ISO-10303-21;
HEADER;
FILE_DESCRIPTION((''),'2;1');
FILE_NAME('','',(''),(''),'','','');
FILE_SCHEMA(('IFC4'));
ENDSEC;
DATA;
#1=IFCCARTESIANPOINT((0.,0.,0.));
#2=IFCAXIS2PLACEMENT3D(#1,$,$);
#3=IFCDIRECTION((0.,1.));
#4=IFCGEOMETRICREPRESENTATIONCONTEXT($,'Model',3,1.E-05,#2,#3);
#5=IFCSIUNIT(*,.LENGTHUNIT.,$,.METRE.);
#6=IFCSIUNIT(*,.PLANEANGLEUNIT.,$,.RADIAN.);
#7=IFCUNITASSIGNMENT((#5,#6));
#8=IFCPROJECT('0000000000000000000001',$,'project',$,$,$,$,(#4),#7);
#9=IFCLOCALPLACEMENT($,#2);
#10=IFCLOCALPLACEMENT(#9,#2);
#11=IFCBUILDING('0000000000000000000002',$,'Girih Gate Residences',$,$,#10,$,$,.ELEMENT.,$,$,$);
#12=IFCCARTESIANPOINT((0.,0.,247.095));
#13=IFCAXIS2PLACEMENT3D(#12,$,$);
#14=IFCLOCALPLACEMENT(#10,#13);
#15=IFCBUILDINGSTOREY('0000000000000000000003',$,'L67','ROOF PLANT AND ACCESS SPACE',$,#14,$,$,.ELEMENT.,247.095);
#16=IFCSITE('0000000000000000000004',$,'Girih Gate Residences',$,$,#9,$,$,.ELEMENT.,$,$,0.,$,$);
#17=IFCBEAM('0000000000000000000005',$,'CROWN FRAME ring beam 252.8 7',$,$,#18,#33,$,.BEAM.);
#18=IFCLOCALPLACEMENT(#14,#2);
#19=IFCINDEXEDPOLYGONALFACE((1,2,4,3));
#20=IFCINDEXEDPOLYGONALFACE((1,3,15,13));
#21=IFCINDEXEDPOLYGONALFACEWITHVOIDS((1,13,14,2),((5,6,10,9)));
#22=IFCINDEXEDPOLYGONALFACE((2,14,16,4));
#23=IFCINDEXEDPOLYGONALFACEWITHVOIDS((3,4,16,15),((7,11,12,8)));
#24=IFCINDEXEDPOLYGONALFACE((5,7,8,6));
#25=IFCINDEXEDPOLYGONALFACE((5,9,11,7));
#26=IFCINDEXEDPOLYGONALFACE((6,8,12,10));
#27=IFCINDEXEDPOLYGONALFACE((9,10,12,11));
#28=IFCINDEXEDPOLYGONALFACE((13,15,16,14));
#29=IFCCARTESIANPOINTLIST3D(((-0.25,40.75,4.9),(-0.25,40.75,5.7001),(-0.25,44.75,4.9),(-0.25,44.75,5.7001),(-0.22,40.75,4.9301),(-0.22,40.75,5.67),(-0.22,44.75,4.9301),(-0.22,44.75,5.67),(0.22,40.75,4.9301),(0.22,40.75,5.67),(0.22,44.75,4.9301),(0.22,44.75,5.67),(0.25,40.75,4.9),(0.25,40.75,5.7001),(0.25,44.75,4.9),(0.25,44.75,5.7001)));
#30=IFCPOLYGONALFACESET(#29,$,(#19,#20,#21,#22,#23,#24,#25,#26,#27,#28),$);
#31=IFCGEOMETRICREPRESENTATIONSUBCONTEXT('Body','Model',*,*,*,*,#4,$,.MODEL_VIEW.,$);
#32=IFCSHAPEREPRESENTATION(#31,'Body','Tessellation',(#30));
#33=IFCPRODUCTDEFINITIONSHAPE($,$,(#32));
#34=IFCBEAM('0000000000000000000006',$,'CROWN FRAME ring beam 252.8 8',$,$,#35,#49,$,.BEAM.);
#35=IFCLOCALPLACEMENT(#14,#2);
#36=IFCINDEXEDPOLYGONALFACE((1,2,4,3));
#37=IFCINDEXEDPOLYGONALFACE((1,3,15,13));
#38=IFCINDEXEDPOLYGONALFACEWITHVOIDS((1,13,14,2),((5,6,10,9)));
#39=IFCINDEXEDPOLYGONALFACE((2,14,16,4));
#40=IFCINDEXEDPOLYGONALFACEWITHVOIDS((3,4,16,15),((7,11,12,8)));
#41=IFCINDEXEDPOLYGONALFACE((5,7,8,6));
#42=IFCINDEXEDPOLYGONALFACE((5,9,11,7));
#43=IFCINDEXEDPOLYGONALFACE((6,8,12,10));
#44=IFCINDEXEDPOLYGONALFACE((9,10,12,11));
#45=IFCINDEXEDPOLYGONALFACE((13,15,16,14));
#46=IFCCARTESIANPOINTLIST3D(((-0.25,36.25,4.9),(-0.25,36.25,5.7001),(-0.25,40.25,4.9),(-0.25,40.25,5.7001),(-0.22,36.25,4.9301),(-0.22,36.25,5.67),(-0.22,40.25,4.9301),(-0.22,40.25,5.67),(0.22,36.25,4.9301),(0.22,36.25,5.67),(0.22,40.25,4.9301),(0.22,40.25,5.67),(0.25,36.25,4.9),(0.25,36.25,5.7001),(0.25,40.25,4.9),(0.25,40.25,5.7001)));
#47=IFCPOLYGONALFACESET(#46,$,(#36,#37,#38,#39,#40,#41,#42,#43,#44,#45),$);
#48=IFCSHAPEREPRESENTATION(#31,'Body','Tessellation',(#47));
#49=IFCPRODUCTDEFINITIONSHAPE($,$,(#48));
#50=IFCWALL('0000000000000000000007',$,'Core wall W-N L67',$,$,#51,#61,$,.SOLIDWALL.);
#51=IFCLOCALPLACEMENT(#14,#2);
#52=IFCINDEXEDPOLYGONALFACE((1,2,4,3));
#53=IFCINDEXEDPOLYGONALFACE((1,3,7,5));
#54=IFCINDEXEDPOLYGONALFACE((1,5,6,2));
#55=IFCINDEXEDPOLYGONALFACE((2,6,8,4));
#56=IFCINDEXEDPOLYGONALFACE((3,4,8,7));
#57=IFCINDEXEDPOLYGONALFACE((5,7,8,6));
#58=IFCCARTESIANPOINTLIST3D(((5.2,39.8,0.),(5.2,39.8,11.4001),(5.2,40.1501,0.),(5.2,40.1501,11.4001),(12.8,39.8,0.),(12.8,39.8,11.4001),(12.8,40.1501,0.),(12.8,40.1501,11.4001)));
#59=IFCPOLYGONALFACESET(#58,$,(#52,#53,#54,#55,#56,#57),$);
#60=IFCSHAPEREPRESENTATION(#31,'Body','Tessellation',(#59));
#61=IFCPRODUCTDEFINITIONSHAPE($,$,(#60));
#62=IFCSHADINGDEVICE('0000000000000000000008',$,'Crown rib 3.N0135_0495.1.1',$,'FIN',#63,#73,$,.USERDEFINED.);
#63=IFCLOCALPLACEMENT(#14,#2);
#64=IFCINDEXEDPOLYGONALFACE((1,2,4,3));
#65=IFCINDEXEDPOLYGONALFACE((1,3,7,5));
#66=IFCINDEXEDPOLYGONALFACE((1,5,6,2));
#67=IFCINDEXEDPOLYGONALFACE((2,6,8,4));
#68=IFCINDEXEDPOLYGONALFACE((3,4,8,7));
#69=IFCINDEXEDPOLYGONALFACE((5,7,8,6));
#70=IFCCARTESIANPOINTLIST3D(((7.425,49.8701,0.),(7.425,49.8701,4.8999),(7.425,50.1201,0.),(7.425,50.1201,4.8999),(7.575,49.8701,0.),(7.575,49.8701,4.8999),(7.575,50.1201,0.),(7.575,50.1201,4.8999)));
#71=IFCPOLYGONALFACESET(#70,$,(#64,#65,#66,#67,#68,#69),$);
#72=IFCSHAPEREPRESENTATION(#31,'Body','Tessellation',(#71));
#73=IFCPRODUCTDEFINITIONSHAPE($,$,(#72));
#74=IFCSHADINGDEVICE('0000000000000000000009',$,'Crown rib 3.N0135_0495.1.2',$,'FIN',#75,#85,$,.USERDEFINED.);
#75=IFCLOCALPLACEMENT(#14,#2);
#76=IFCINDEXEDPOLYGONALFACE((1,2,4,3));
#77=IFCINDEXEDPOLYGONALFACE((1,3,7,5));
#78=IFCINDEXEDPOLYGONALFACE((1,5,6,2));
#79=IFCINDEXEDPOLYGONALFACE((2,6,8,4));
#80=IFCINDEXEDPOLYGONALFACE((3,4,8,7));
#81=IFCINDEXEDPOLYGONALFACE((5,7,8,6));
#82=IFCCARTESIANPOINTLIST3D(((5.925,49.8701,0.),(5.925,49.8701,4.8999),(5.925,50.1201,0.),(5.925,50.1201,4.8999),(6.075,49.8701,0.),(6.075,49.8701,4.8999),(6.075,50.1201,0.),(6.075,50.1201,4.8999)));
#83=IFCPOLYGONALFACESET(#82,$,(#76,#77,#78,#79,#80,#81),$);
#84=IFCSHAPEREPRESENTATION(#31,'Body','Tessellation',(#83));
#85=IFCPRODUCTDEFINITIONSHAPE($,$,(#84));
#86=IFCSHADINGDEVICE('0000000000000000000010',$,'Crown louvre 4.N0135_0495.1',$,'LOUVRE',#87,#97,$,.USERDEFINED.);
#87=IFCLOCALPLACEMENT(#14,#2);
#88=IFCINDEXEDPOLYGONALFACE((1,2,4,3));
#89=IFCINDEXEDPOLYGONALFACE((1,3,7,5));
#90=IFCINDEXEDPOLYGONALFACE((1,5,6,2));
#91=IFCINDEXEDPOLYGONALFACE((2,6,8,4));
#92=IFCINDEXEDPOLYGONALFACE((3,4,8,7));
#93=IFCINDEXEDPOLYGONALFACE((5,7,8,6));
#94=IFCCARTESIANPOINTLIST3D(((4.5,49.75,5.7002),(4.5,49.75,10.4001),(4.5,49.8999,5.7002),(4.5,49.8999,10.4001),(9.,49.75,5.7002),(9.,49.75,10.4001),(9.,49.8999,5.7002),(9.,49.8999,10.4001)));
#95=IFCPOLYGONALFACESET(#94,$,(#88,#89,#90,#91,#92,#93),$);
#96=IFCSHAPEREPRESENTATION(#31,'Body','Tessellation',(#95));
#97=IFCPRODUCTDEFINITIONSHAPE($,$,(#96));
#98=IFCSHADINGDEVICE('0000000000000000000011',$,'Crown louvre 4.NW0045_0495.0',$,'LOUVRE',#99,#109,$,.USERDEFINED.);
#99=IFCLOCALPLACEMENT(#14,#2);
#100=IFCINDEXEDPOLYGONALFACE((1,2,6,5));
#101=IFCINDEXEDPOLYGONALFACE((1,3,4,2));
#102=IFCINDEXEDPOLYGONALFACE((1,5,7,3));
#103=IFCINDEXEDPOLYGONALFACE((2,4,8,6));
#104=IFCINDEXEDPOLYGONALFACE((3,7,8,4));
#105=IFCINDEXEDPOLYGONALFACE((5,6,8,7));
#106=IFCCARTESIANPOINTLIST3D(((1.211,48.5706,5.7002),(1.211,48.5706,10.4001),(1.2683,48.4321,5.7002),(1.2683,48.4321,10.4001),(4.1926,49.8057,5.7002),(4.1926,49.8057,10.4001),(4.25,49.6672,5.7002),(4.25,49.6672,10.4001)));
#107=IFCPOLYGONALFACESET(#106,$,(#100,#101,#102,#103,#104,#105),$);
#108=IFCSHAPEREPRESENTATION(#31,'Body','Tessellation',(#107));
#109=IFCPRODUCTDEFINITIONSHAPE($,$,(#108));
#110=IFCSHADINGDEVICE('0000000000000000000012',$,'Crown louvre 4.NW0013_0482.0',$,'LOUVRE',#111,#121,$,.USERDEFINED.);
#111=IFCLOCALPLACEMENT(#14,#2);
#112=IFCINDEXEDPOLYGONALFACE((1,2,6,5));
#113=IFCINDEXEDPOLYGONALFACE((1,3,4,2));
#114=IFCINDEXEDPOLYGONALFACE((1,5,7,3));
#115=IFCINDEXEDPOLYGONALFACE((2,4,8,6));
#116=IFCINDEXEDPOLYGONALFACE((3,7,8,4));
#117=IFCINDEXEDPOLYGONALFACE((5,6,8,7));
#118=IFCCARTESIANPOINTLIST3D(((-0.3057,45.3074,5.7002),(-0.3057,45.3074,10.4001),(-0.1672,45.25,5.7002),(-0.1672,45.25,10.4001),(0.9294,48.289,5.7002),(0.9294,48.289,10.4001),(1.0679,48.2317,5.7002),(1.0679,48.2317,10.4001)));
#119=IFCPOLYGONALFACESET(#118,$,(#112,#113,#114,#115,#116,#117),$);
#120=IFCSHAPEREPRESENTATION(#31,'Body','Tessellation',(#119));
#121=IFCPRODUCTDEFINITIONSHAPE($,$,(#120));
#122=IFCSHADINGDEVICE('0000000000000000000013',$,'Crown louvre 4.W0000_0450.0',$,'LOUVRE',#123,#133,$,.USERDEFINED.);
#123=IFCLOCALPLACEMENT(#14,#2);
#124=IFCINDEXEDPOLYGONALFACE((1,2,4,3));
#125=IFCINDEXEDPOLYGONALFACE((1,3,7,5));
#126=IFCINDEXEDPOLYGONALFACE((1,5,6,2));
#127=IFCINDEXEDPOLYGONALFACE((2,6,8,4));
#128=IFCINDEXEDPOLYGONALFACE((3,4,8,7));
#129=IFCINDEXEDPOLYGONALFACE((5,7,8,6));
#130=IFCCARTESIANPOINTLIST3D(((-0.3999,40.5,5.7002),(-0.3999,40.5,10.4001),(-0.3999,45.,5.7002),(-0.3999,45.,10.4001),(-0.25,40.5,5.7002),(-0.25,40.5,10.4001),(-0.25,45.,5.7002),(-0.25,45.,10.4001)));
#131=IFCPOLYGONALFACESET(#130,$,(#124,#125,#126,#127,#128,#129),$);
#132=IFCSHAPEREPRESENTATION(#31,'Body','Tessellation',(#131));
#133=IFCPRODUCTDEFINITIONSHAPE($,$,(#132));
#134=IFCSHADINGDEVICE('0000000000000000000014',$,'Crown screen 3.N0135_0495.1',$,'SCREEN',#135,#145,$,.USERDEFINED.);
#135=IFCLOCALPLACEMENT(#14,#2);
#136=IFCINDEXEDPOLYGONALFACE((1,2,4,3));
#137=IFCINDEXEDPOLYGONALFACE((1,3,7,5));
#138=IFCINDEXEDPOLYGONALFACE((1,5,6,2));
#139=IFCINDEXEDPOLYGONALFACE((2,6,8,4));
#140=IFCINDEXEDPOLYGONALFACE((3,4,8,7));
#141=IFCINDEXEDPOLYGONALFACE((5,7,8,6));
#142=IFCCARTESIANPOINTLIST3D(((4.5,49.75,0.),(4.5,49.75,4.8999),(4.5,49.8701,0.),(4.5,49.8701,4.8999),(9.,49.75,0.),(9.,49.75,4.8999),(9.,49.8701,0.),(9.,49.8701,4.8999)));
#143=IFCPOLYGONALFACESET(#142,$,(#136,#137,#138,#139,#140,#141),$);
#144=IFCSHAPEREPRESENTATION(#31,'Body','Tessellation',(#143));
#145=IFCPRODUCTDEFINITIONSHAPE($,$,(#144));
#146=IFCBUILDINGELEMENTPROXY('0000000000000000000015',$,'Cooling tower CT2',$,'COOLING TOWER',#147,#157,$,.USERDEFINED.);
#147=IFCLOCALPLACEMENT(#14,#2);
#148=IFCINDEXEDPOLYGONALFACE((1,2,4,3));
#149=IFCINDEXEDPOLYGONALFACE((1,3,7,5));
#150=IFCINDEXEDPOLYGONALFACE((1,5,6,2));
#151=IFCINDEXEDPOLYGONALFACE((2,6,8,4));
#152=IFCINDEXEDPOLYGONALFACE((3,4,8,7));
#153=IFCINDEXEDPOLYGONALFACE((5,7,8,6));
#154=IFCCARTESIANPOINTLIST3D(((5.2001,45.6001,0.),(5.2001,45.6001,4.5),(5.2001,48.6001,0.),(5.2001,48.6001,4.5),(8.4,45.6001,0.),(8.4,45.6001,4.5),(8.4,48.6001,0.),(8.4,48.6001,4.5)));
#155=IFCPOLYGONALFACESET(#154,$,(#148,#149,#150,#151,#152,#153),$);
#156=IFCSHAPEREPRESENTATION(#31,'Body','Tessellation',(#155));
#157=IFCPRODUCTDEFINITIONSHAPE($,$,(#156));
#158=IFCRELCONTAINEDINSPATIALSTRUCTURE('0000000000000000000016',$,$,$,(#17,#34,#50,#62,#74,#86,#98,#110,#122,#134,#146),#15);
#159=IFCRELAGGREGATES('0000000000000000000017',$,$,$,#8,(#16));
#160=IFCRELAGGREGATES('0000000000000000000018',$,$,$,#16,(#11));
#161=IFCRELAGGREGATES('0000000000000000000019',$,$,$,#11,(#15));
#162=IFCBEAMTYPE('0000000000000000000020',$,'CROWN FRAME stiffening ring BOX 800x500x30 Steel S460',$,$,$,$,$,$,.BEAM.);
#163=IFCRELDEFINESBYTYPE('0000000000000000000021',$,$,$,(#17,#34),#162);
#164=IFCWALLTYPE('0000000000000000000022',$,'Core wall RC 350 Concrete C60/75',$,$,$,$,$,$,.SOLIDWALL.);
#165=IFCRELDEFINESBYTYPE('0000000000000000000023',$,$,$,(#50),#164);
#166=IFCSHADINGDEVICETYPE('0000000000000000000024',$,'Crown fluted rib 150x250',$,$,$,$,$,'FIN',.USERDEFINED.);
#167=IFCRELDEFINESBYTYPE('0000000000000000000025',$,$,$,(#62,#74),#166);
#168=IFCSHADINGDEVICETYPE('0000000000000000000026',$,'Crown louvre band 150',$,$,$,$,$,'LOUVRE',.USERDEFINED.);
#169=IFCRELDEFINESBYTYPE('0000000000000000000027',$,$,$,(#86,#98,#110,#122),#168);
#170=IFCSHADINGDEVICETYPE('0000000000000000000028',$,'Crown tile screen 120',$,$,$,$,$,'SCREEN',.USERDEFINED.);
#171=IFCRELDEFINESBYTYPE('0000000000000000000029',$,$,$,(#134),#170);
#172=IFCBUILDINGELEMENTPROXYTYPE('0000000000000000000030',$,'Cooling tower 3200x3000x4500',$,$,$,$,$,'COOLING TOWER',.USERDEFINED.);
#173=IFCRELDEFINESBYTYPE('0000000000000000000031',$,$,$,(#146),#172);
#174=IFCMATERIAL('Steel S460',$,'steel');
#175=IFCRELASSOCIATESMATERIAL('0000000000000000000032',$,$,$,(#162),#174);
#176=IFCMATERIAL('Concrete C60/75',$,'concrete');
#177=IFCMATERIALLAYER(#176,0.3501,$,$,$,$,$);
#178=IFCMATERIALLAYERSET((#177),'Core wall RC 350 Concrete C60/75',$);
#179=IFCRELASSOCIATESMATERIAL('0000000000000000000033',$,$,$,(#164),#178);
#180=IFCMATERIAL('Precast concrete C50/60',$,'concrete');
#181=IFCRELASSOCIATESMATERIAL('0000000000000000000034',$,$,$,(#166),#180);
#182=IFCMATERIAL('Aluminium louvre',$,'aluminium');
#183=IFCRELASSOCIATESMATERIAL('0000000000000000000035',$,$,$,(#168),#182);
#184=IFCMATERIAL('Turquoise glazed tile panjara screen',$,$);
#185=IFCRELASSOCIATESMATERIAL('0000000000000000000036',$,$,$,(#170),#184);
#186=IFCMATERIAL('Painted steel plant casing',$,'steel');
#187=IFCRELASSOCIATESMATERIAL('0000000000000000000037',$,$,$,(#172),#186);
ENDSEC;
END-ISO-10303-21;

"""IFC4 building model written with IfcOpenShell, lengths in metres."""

from ifc_helpers import new_model, si_unit, direction, frame, frame_2d, origin, origin_2d, place, context, subcontext, project, spatial, rectangle, hollow_rectangle, extrude, material, layer, layer_set, material_profile, profile_set, type_object, element, save


model = new_model("IFC4")

# Units and contexts
model_context = context("Model", 3, precision=1e-05, world=origin(), true_north=direction((0.0, 1.0)))
body_context = subcontext(model_context, "Body", "Model", "MODEL_VIEW")
ifc_project = project(units=[si_unit("LENGTHUNIT", "METRE"), si_unit("PLANEANGLEUNIT", "RADIAN")], contexts=[model_context])

# Site, building, storey
site_placement = place(None, origin())
site = spatial("IfcSite", under=ifc_project, at=site_placement, Name="Girih Gate Residences", CompositionType="ELEMENT", RefElevation=0.0)
building_placement = place(site_placement, origin())
building = spatial("IfcBuilding", under=site, at=building_placement, Name="Girih Gate Residences", CompositionType="ELEMENT")
storey_placement = place(building_placement, frame((0.0, 0.0, 247.095)))
storey = spatial("IfcBuildingStorey", under=building, at=storey_placement, Name="L67", Description="ROOF PLANT AND ACCESS SPACE", CompositionType="ELEMENT", Elevation=247.095)

# Shared definitions
ifc_material_1 = material(Name="Steel S460", Category="steel")

# Beams
ifc_material_profile_1 = material_profile(ifc_material_1, hollow_rectangle(XDim=0.5, YDim=0.8, WallThickness=0.03, at=origin_2d()))
ifc_profile_set_1 = profile_set([ifc_material_profile_1], Name="Steel S460")
beam_type_1 = type_object("IfcBeamType", Name="CROWN FRAME stiffening ring BOX 800x500x30 Steel S460", PredefinedType="BEAM", material=ifc_profile_set_1)
for number, where, z_axis, x_axis, name in (
    (1, (0.0, 44.75, 5.3), (0.0, -1.0, 0.0), (1.0, 0.0, 0.0), "CROWN FRAME ring beam 252.8 7"),
    (2, (0.0, 40.25, 5.3), (0.0, -1.0, 0.0), (1.0, 0.0, 0.0), "CROWN FRAME ring beam 252.8 8"),
):
    element("IfcBeam", number, at=place(storey_placement, frame(where, z_axis=z_axis, x_axis=x_axis)), inside=storey, type_object=beam_type_1, Name=name, PredefinedType="BEAM", context=body_context, shape_type="SweptSolid", body=[
        extrude(hollow_rectangle(XDim=0.5, YDim=0.8, WallThickness=0.03, at=origin_2d()), origin(), (0.0, 0.0, 1.0), 4.0),
    ])

# Wall
ifc_material_2 = material(Name="Concrete C60/75", Category="concrete")
ifc_layer = layer(ifc_material_2, 0.3501)
ifc_layer_set = layer_set([ifc_layer], Name="Core wall RC 350 Concrete C60/75")
wall_type = type_object("IfcWallType", Name="Core wall RC 350 Concrete C60/75", PredefinedType="SOLIDWALL", material=ifc_layer_set)
wall_placement = place(storey_placement, frame((5.2, 39.9751, 0.0), z_axis=(0.0, 0.0, 1.0), x_axis=(1.0, 0.0, 0.0)))
element("IfcWall", 3, at=wall_placement, inside=storey, type_object=wall_type, Name="Core wall W-N L67", PredefinedType="SOLIDWALL", context=body_context, shape_type="SweptSolid", body=[
    extrude(rectangle(XDim=7.6001, YDim=0.3501, at=frame_2d((3.8, 0.0))), origin(), (0.0, 0.0, 1.0), 11.4001),
])

# Shading devices
ifc_material_3 = material(Name="Precast concrete C50/60", Category="concrete")
shading_device_type_1 = type_object("IfcShadingDeviceType", Name="Crown fluted rib 150x250", ElementType="FIN", PredefinedType="USERDEFINED", material=ifc_material_3)
for number, where, z_axis, x_axis, name in (
    (4, (7.5, 49.9951, 0.0), (0.0, 0.0, 1.0), (-1.0, 0.0, 0.0), "Crown rib 3.N0135_0495.1.1"),
    (5, (6.0, 49.9951, 0.0), (0.0, 0.0, 1.0), (-1.0, 0.0, 0.0), "Crown rib 3.N0135_0495.1.2"),
):
    element("IfcShadingDevice", number, at=place(storey_placement, frame(where, z_axis=z_axis, x_axis=x_axis)), inside=storey, type_object=shading_device_type_1, Name=name, ObjectType="FIN", PredefinedType="USERDEFINED", context=body_context, shape_type="SweptSolid", body=[
        extrude(rectangle(XDim=0.1499, YDim=0.25, at=origin_2d()), origin(), (0.0, 0.0, 1.0), 4.8999),
    ])
ifc_material_4 = material(Name="Aluminium louvre", Category="aluminium")
shading_device_type_2 = type_object("IfcShadingDeviceType", Name="Crown louvre band 150", ElementType="LOUVRE", PredefinedType="USERDEFINED", material=ifc_material_4)
shading_device_1_placement = place(storey_placement, frame((6.75, 49.825, 5.7002), z_axis=(0.0, 0.0, 1.0), x_axis=(-1.0, 0.0, 0.0)))
element("IfcShadingDevice", 6, at=shading_device_1_placement, inside=storey, type_object=shading_device_type_2, Name="Crown louvre 4.N0135_0495.1", ObjectType="LOUVRE", PredefinedType="USERDEFINED", context=body_context, shape_type="SweptSolid", body=[
    extrude(rectangle(XDim=4.5, YDim=0.1499, at=origin_2d()), origin(), (0.0, 0.0, 1.0), 4.7),
])
for number, where, z_axis, x_axis, name in (
    (7, (2.7305, 49.1189, 5.7002), (0.0, 0.0, 1.0), (-0.92388, -0.382683, 0.0), "Crown louvre 4.NW0045_0495.0"),
    (8, (0.3811, 46.7695, 5.7002), (0.0, 0.0, 1.0), (-0.382683, -0.92388, 0.0), "Crown louvre 4.NW0013_0482.0"),
):
    element("IfcShadingDevice", number, at=place(storey_placement, frame(where, z_axis=z_axis, x_axis=x_axis)), inside=storey, type_object=shading_device_type_2, Name=name, ObjectType="LOUVRE", PredefinedType="USERDEFINED", context=body_context, shape_type="SweptSolid", body=[
        extrude(rectangle(XDim=3.2273, YDim=0.1499, at=origin_2d()), origin(), (0.0, 0.0, 1.0), 4.7),
    ])
shading_device_2_placement = place(storey_placement, frame((-0.325, 42.75, 5.7002), z_axis=(0.0, 0.0, 1.0), x_axis=(0.0, -1.0, 0.0)))
element("IfcShadingDevice", 9, at=shading_device_2_placement, inside=storey, type_object=shading_device_type_2, Name="Crown louvre 4.W0000_0450.0", ObjectType="LOUVRE", PredefinedType="USERDEFINED", context=body_context, shape_type="SweptSolid", body=[
    extrude(rectangle(XDim=4.5, YDim=0.1499, at=origin_2d()), origin(), (0.0, 0.0, 1.0), 4.7),
])
ifc_material_5 = material(Name="Turquoise glazed tile panjara screen")
shading_device_type_3 = type_object("IfcShadingDeviceType", Name="Crown tile screen 120", ElementType="SCREEN", PredefinedType="USERDEFINED", material=ifc_material_5)
shading_device_3_placement = place(storey_placement, frame((6.75, 49.8101, 0.0), z_axis=(0.0, 0.0, 1.0), x_axis=(-1.0, 0.0, 0.0)))
element("IfcShadingDevice", 10, at=shading_device_3_placement, inside=storey, type_object=shading_device_type_3, Name="Crown screen 3.N0135_0495.1", ObjectType="SCREEN", PredefinedType="USERDEFINED", context=body_context, shape_type="SweptSolid", body=[
    extrude(rectangle(XDim=4.5, YDim=0.1201, at=origin_2d()), origin(), (0.0, 0.0, 1.0), 4.8999),
])

# Building element proxy
ifc_material_6 = material(Name="Painted steel plant casing", Category="steel")
building_element_proxy_type = type_object("IfcBuildingElementProxyType", Name="Cooling tower 3200x3000x4500", ElementType="COOLING TOWER", PredefinedType="USERDEFINED", material=ifc_material_6)
proxy_placement = place(storey_placement, frame((6.8, 47.1001, 0.0), z_axis=(0.0, 0.0, 1.0), x_axis=(1.0, 0.0, 0.0)))
element("IfcBuildingElementProxy", 11, at=proxy_placement, inside=storey, type_object=building_element_proxy_type, Name="Cooling tower CT2", ObjectType="COOLING TOWER", PredefinedType="USERDEFINED", context=body_context, shape_type="SweptSolid", body=[
    extrude(rectangle(XDim=3.2, YDim=3.0, at=origin_2d()), origin(), (0.0, 0.0, 1.0), 4.5),
])

save(model, "model.ifc")
